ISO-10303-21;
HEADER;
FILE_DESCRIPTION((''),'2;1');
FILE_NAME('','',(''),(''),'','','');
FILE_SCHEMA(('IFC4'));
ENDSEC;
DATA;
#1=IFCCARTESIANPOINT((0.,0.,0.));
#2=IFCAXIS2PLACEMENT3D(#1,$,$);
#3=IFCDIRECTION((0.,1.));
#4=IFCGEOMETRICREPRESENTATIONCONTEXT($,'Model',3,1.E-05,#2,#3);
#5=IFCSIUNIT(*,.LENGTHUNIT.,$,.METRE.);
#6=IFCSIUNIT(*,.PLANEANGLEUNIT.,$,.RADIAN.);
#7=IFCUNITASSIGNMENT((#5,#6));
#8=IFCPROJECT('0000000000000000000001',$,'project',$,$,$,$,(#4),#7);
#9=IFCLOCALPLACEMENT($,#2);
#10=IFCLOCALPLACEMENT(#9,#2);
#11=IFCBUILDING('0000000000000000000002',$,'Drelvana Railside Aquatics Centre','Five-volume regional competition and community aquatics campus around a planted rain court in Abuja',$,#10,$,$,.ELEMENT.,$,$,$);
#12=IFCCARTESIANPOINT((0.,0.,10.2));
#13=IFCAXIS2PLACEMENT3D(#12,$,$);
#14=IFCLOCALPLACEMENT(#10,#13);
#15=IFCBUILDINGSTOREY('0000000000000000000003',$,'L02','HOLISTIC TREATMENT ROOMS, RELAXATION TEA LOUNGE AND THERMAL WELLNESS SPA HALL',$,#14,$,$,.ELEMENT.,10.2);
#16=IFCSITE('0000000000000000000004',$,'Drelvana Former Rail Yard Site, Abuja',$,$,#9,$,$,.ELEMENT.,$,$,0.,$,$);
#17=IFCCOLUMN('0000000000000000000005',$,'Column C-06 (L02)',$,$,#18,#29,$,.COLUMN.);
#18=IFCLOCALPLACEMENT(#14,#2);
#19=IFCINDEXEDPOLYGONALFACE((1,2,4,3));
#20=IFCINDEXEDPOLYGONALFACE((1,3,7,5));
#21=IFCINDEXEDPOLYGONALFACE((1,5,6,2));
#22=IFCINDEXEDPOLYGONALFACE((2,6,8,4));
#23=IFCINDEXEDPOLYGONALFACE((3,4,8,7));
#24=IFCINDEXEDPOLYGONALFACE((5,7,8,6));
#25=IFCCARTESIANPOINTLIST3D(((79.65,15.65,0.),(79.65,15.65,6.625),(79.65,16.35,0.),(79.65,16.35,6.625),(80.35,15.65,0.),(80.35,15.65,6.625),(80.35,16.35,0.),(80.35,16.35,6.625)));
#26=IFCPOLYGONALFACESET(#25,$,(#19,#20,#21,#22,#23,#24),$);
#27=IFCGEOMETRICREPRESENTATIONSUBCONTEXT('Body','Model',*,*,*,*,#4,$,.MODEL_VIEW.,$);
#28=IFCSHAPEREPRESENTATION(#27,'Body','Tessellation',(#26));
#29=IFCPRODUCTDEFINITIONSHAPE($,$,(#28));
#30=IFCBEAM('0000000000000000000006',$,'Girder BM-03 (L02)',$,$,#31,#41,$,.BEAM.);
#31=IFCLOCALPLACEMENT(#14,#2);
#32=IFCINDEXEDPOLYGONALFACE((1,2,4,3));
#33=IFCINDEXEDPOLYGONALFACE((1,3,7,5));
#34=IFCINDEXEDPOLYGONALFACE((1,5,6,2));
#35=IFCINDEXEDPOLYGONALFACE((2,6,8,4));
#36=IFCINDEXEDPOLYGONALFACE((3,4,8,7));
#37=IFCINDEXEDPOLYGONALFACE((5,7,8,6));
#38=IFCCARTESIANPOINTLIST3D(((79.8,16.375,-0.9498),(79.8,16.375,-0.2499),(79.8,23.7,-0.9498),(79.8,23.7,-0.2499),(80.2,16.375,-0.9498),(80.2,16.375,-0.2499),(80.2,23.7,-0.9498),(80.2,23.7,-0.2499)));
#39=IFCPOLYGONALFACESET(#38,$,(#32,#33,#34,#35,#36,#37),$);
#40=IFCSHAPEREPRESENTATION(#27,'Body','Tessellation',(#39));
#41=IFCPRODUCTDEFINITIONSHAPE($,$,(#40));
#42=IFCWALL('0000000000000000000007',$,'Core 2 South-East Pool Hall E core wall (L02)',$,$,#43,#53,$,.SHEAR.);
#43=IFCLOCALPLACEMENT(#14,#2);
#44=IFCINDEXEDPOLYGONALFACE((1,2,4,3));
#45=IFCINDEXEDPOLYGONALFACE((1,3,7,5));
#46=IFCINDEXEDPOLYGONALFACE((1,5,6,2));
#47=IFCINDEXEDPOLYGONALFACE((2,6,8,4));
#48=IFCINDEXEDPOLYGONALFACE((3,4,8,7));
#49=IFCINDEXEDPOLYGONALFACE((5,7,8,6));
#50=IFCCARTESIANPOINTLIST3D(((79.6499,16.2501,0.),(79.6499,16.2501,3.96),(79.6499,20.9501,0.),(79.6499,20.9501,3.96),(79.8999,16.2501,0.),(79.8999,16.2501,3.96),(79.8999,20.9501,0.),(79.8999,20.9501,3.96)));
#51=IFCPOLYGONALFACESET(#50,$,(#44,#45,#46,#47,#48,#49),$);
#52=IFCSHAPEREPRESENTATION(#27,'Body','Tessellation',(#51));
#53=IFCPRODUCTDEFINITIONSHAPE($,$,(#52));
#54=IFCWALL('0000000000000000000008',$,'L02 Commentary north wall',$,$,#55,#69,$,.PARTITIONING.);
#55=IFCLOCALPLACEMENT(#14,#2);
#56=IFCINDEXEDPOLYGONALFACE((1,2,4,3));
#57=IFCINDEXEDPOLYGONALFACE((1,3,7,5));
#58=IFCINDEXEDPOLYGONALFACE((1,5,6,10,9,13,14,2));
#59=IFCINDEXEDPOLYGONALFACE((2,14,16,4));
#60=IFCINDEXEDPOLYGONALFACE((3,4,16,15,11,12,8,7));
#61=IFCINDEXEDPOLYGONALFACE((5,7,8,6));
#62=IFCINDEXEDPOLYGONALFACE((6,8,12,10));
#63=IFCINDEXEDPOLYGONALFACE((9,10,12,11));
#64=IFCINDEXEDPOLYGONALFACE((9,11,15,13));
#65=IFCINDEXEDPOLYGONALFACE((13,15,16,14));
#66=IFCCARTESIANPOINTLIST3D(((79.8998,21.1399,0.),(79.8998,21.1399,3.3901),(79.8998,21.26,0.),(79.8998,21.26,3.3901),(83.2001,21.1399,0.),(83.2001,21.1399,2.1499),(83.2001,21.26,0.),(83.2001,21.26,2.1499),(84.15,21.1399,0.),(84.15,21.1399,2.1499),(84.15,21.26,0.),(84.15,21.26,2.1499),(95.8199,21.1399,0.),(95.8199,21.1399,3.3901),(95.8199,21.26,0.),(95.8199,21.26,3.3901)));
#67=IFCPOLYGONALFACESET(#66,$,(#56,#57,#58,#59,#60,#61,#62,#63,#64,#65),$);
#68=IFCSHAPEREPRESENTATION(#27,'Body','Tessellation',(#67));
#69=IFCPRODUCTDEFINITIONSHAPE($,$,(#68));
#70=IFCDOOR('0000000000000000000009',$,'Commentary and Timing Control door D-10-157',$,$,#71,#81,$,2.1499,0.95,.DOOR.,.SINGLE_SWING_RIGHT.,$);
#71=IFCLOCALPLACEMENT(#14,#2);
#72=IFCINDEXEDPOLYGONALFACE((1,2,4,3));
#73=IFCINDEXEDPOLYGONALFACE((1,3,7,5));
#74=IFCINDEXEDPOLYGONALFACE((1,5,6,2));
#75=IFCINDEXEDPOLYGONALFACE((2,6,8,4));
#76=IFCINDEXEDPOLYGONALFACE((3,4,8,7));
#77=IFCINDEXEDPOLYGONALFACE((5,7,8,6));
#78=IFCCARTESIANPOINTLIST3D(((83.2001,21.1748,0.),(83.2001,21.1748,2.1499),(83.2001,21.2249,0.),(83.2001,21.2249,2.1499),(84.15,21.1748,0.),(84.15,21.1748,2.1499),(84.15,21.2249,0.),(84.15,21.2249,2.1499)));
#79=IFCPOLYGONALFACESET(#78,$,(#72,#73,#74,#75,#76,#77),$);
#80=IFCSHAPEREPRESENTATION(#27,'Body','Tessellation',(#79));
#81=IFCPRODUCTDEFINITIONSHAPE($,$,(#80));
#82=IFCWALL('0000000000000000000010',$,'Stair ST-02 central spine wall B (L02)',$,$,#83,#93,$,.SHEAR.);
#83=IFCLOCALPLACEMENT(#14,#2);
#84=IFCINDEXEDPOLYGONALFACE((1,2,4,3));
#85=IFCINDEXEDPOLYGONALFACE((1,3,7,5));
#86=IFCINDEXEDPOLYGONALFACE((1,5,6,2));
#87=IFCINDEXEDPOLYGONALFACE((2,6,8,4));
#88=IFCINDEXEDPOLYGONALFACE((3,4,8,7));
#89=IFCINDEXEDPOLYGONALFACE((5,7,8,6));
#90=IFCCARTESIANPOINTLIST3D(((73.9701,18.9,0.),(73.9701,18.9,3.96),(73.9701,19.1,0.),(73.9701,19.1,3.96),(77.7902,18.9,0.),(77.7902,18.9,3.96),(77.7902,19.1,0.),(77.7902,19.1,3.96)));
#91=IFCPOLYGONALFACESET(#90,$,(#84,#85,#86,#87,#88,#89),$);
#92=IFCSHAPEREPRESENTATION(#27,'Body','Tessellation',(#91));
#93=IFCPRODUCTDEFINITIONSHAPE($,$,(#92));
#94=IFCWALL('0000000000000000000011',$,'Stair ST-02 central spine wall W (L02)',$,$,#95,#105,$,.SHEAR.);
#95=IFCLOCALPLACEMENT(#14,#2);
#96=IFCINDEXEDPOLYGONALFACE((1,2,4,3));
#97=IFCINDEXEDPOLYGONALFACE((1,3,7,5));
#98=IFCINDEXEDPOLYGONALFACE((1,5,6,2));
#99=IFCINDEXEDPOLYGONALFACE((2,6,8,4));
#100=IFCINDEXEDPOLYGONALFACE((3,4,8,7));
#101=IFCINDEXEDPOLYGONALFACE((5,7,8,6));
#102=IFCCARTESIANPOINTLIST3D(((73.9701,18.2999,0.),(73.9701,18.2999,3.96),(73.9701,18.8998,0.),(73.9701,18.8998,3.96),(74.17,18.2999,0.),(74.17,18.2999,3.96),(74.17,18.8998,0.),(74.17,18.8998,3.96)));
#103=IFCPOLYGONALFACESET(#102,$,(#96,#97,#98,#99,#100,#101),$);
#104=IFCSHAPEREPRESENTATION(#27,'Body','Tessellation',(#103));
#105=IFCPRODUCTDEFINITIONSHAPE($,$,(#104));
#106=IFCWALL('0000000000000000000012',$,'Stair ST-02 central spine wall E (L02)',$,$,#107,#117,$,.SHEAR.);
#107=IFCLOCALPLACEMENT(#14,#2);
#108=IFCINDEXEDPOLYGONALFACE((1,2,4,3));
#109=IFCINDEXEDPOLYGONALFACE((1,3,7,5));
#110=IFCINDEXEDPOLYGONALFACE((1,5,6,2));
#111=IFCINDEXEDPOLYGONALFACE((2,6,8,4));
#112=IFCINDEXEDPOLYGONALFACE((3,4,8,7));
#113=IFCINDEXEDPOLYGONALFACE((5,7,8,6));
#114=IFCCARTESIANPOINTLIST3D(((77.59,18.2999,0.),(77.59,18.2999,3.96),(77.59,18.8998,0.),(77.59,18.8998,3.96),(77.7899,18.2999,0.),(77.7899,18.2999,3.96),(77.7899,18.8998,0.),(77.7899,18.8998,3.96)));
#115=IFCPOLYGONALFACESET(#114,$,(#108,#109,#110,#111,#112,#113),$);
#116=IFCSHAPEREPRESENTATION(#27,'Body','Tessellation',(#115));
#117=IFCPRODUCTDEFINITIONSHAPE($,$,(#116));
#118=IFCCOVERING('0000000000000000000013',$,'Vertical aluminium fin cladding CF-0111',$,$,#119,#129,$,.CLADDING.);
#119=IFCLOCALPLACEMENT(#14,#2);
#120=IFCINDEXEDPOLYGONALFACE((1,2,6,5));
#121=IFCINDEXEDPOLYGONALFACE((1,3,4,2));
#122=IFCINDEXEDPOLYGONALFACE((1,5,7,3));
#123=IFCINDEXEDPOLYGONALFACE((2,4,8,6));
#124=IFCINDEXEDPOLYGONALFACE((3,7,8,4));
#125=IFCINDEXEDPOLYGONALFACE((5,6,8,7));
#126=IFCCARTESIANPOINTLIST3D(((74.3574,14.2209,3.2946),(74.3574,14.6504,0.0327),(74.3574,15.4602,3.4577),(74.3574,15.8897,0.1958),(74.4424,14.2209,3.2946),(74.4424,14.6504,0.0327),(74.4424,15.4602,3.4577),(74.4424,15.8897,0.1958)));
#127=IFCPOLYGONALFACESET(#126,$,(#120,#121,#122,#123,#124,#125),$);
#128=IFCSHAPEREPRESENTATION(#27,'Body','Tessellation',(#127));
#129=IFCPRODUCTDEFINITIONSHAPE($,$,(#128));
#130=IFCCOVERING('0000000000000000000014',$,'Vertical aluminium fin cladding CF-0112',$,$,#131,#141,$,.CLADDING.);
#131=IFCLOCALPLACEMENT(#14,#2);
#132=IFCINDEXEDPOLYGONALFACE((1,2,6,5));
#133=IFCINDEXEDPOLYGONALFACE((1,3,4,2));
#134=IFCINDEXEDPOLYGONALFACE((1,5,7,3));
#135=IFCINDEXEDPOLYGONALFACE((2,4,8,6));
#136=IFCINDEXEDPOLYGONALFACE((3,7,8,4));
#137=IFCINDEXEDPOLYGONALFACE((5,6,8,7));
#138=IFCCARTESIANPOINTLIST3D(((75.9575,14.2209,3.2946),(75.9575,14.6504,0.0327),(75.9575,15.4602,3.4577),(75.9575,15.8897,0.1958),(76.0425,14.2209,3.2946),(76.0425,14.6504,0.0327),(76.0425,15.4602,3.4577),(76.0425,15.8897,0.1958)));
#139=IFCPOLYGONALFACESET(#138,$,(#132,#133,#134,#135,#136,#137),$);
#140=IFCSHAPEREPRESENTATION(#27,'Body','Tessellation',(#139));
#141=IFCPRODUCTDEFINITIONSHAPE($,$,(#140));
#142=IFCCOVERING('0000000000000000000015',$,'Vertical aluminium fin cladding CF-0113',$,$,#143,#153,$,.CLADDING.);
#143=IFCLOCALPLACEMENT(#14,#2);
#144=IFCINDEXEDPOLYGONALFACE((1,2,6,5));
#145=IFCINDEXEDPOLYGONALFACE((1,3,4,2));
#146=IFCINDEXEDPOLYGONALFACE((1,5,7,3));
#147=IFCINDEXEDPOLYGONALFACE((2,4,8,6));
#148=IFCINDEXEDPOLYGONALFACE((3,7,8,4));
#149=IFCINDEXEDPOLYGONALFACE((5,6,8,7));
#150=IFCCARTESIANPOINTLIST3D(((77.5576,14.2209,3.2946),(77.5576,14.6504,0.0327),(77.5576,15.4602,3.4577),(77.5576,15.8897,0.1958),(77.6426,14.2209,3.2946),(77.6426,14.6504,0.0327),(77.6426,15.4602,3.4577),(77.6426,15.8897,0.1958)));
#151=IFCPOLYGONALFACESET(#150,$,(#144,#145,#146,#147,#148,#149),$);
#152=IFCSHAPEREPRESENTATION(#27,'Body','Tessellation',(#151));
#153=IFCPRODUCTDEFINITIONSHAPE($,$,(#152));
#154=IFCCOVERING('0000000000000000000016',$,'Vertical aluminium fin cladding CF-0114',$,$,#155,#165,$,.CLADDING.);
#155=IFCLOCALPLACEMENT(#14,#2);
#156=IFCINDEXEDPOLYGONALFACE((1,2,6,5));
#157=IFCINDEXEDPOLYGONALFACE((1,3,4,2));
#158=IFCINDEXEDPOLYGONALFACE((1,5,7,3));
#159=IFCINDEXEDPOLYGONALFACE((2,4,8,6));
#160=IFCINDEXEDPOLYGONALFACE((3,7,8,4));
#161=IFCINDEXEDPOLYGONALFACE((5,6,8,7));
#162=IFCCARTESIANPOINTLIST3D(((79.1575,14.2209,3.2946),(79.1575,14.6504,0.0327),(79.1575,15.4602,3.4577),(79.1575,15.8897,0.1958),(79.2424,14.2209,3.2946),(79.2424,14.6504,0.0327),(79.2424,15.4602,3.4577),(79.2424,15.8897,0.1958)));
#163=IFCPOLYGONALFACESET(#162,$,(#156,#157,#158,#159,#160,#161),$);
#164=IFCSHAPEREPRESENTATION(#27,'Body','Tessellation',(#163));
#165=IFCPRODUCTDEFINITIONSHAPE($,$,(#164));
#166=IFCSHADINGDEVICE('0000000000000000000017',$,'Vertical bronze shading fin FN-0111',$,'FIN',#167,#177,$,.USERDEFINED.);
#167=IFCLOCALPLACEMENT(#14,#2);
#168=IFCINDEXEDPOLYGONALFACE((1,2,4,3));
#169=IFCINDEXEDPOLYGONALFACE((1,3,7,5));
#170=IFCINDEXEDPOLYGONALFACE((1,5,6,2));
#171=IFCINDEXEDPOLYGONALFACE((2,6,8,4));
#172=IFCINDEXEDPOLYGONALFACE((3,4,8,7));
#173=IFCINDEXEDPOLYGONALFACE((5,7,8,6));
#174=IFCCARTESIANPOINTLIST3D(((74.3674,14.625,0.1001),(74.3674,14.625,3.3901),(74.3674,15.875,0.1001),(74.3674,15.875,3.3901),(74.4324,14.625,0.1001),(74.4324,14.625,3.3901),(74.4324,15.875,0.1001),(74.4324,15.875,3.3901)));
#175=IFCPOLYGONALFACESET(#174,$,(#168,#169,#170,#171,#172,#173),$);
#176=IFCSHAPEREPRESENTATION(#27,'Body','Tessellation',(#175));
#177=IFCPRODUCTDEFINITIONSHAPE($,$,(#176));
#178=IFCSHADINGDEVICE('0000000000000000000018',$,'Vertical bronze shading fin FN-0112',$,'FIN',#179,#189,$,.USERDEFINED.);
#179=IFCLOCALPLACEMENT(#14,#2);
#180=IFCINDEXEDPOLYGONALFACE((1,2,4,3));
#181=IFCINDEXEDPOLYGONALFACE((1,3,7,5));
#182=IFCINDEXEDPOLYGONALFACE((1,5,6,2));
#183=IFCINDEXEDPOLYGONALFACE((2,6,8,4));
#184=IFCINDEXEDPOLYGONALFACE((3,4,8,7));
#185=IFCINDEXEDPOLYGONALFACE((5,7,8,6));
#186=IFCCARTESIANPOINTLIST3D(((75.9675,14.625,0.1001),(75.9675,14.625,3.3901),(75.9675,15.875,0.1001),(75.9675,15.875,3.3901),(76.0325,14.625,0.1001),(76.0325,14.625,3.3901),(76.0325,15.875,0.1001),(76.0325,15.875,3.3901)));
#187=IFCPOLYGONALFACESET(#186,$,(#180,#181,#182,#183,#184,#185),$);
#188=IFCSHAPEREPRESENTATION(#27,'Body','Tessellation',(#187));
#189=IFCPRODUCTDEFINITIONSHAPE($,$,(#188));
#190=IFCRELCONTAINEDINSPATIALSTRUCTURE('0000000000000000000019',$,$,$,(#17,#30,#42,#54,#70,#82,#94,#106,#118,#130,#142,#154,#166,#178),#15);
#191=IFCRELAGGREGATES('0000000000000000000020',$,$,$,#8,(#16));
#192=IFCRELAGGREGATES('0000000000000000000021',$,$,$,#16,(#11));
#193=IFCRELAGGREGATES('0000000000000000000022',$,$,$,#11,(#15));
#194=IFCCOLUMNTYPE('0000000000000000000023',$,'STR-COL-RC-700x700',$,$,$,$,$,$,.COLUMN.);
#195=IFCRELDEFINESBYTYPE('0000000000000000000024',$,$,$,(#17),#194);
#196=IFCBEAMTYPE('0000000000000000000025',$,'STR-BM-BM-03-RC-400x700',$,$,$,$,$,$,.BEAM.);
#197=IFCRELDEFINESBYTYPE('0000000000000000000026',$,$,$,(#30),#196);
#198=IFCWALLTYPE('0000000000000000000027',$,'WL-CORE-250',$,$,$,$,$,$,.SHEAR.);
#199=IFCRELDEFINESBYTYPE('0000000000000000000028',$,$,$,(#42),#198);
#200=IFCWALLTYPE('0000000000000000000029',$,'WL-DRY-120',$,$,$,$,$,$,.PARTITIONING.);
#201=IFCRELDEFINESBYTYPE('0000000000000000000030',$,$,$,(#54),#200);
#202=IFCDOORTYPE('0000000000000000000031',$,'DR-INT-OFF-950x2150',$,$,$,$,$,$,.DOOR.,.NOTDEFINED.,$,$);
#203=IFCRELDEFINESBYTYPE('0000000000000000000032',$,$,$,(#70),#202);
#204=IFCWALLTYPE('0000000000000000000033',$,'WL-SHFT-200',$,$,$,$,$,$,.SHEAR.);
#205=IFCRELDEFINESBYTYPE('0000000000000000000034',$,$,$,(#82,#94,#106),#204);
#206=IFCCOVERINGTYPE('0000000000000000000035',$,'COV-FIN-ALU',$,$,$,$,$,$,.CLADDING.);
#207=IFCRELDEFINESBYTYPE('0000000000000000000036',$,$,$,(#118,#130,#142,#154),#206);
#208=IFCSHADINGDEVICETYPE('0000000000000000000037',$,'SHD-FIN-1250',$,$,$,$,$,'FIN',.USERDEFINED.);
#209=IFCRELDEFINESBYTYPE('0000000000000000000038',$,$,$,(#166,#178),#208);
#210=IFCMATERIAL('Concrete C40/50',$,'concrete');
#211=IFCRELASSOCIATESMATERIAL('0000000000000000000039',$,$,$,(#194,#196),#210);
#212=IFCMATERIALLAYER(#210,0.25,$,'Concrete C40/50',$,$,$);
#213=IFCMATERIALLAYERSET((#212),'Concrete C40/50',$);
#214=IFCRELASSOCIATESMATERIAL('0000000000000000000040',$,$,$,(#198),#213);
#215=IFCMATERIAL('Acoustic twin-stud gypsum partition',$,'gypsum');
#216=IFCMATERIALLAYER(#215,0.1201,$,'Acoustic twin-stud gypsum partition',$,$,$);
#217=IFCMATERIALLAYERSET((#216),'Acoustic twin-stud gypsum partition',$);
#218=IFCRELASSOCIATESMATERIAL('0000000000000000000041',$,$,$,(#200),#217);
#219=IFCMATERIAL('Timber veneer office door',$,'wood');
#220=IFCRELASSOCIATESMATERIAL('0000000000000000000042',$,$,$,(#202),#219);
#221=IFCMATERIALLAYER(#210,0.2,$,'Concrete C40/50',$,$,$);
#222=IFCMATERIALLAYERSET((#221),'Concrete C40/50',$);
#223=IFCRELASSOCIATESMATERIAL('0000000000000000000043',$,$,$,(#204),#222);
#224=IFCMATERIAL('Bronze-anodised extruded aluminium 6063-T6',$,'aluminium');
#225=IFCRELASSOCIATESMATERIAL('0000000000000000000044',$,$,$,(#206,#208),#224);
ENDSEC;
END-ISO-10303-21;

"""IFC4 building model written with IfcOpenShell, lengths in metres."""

from ifc_helpers import new_model, si_unit, direction, frame, frame_2d, origin, origin_2d, place, context, subcontext, project, spatial, rectangle, extrude, material, layer, layer_set, material_profile, profile_set, type_object, element, fill, save


model = new_model("IFC4")

# Units and contexts
model_context = context("Model", 3, precision=1e-05, world=origin(), true_north=direction((0.0, 1.0)))
body_context = subcontext(model_context, "Body", "Model", "MODEL_VIEW")
ifc_project = project(units=[si_unit("LENGTHUNIT", "METRE"), si_unit("PLANEANGLEUNIT", "RADIAN")], contexts=[model_context])

# Site, building, storey
site_placement = place(None, origin())
site = spatial("IfcSite", under=ifc_project, at=site_placement, Name="Drelvana Former Rail Yard Site, Abuja", CompositionType="ELEMENT", RefElevation=0.0)
building_placement = place(site_placement, origin())
building = spatial("IfcBuilding", under=site, at=building_placement, Name="Drelvana Railside Aquatics Centre", Description="Five-volume regional competition and community aquatics campus around a planted rain court in Abuja", CompositionType="ELEMENT")
storey_placement = place(building_placement, frame((0.0, 0.0, 10.2)))
storey = spatial("IfcBuildingStorey", under=building, at=storey_placement, Name="L02", Description="HOLISTIC TREATMENT ROOMS, RELAXATION TEA LOUNGE AND THERMAL WELLNESS SPA HALL", CompositionType="ELEMENT", Elevation=10.2)

# Column
ifc_material_1 = material(Name="Concrete C40/50", Category="concrete")
ifc_material_profile_1 = material_profile(ifc_material_1, rectangle(XDim=0.7, YDim=0.7, at=origin_2d()), Name="RC 700x700")
ifc_profile_set_1 = profile_set([ifc_material_profile_1], Name="Concrete C40/50")
column_type = type_object("IfcColumnType", Name="STR-COL-RC-700x700", PredefinedType="COLUMN", material=ifc_profile_set_1)
column_placement = place(storey_placement, frame((80.0, 16.0, 0.0), z_axis=(0.0, 0.0, 1.0), x_axis=(1.0, 0.0, 0.0)))
element("IfcColumn", 1, at=column_placement, inside=storey, type_object=column_type, Name="Column C-06 (L02)", PredefinedType="COLUMN", context=body_context, shape_type="SweptSolid", body=[
    extrude(rectangle(XDim=0.7, YDim=0.7, at=origin_2d()), origin(), (0.0, 0.0, 1.0), 6.625),
])

# Beam
ifc_material_profile_2 = material_profile(ifc_material_1, rectangle(XDim=0.3999, YDim=0.7, at=origin_2d()), Name="RC 400x700")
ifc_profile_set_2 = profile_set([ifc_material_profile_2], Name="Concrete C40/50")
beam_type = type_object("IfcBeamType", Name="STR-BM-BM-03-RC-400x700", PredefinedType="BEAM", material=ifc_profile_set_2)
beam_placement = place(storey_placement, frame((80.0, 16.375, -0.5999), z_axis=(0.0, 1.0, 0.0), x_axis=(-1.0, 0.0, 0.0)))
element("IfcBeam", 2, at=beam_placement, inside=storey, type_object=beam_type, Name="Girder BM-03 (L02)", PredefinedType="BEAM", context=body_context, shape_type="SweptSolid", body=[
    extrude(rectangle(XDim=0.3999, YDim=0.7, at=origin_2d()), origin(), (0.0, 0.0, 1.0), 7.325),
])

# Wall
ifc_layer_1 = layer(ifc_material_1, 0.25, Name="Concrete C40/50")
ifc_layer_set_1 = layer_set([ifc_layer_1], Name="Concrete C40/50")
wall_type_1 = type_object("IfcWallType", Name="WL-CORE-250", PredefinedType="SHEAR", material=ifc_layer_set_1)
wall_1_placement = place(storey_placement, frame((79.7749, 16.25, 0.0), z_axis=(0.0, 0.0, 1.0), x_axis=(0.0, 1.0, 0.0)))
element("IfcWall", 3, at=wall_1_placement, inside=storey, type_object=wall_type_1, Name="Core 2 South-East Pool Hall E core wall (L02)", PredefinedType="SHEAR", context=body_context, shape_type="SweptSolid", body=[
    extrude(rectangle(XDim=4.7, YDim=0.25, at=frame_2d((2.3501, 0.0))), origin(), (0.0, 0.0, 1.0), 3.96),
])

# Wall, opening, door
ifc_material_2 = material(Name="Acoustic twin-stud gypsum partition", Category="gypsum")
ifc_layer_2 = layer(ifc_material_2, 0.1201, Name="Acoustic twin-stud gypsum partition")
ifc_layer_set_2 = layer_set([ifc_layer_2], Name="Acoustic twin-stud gypsum partition")
wall_type_2 = type_object("IfcWallType", Name="WL-DRY-120", PredefinedType="PARTITIONING", material=ifc_layer_set_2)
wall_2_placement = place(storey_placement, frame((79.8999, 21.2, 0.0), z_axis=(0.0, 0.0, 1.0), x_axis=(1.0, 0.0, 0.0)))
wall_2 = element("IfcWall", 4, at=wall_2_placement, inside=storey, type_object=wall_type_2, Name="L02 Commentary north wall", PredefinedType="PARTITIONING", context=body_context, shape_type="SweptSolid", body=[
    extrude(rectangle(XDim=15.9202, YDim=0.1201, at=frame_2d((7.96, 0.0))), origin(), (0.0, 0.0, 1.0), 3.3901),
])
opening_placement = place(wall_2_placement, frame((3.3, 0.0, 0.0)))
opening = element("IfcOpeningElement", 5, at=opening_placement, cuts=wall_2, PredefinedType="OPENING", context=body_context, shape_type="SweptSolid", body=[
    extrude(rectangle(XDim=0.95, YDim=2.1499, at=frame_2d((0.4751, 1.075))), frame((0.0, 0.0701, 0.0), z_axis=(0.0, -1.0, 0.0), x_axis=(1.0, 0.0, 0.0)), (0.0, 0.0, 1.0), 0.1401),
])
ifc_material_3 = material(Name="Timber veneer office door", Category="wood")
door_type = type_object("IfcDoorType", Name="DR-INT-OFF-950x2150", OperationType="NOTDEFINED", PredefinedType="DOOR", material=ifc_material_3)
door_placement = place(opening_placement, origin())
door = element("IfcDoor", 6, at=door_placement, inside=storey, type_object=door_type, Name="Commentary and Timing Control door D-10-157", OperationType="SINGLE_SWING_RIGHT", OverallHeight=2.1499, OverallWidth=0.95, PredefinedType="DOOR", context=body_context, shape_type="SweptSolid", body=[
    extrude(rectangle(XDim=0.95, YDim=2.1499, at=frame_2d((0.4751, 1.075))), frame((0.0, 0.0249, 0.0), z_axis=(0.0, -1.0, 0.0), x_axis=(1.0, 0.0, 0.0)), (0.0, 0.0, 1.0), 0.05),
])
fill(opening, door)

# Walls
ifc_layer_3 = layer(ifc_material_1, 0.2, Name="Concrete C40/50")
ifc_layer_set_3 = layer_set([ifc_layer_3], Name="Concrete C40/50")
wall_type_3 = type_object("IfcWallType", Name="WL-SHFT-200", PredefinedType="SHEAR", material=ifc_layer_set_3)
wall_3_placement = place(storey_placement, frame((73.97, 19.0, 0.0), z_axis=(0.0, 0.0, 1.0), x_axis=(1.0, 0.0, 0.0)))
element("IfcWall", 7, at=wall_3_placement, inside=storey, type_object=wall_type_3, Name="Stair ST-02 central spine wall B (L02)", PredefinedType="SHEAR", context=body_context, shape_type="SweptSolid", body=[
    extrude(rectangle(XDim=3.8201, YDim=0.2, at=frame_2d((1.9102, 0.0))), origin(), (0.0, 0.0, 1.0), 3.96),
])
for number, where, z_axis, x_axis, name in (
    (8, (74.0701, 18.3, 0.0), (0.0, 0.0, 1.0), (0.0, 1.0, 0.0), "Stair ST-02 central spine wall W (L02)"),
    (9, (77.6899, 18.3, 0.0), (0.0, 0.0, 1.0), (0.0, 1.0, 0.0), "Stair ST-02 central spine wall E (L02)"),
):
    element("IfcWall", number, at=place(storey_placement, frame(where, z_axis=z_axis, x_axis=x_axis)), inside=storey, type_object=wall_type_3, Name=name, PredefinedType="SHEAR", context=body_context, shape_type="SweptSolid", body=[
        extrude(rectangle(XDim=0.5999, YDim=0.2, at=frame_2d((0.2998, 0.0))), origin(), (0.0, 0.0, 1.0), 3.96),
    ])

# Coverings
ifc_material_4 = material(Name="Bronze-anodised extruded aluminium 6063-T6", Category="aluminium")
covering_type = type_object("IfcCoveringType", Name="COV-FIN-ALU", PredefinedType="CLADDING", material=ifc_material_4)
for number, where, z_axis, x_axis, name in (
    (10, (74.3999, 15.27, 0.1143), (0.0, -0.130526, 0.991445), (-1.0, 0.0, 0.0), "Vertical aluminium fin cladding CF-0111"),
    (11, (76.0, 15.27, 0.1143), (0.0, -0.130526, 0.991445), (-1.0, 0.0, 0.0), "Vertical aluminium fin cladding CF-0112"),
    (12, (77.6001, 15.27, 0.1143), (0.0, -0.130526, 0.991445), (-1.0, 0.0, 0.0), "Vertical aluminium fin cladding CF-0113"),
    (13, (79.2, 15.27, 0.1143), (0.0, -0.130526, 0.991445), (-1.0, 0.0, 0.0), "Vertical aluminium fin cladding CF-0114"),
):
    element("IfcCovering", number, at=place(storey_placement, frame(where, z_axis=z_axis, x_axis=x_axis)), inside=storey, type_object=covering_type, Name=name, PredefinedType="CLADDING", context=body_context, shape_type="SweptSolid", body=[
        extrude(rectangle(XDim=0.085, YDim=1.25, at=origin_2d()), origin(), (0.0, 0.0, 1.0), 3.29),
    ])

# Shading devices
shading_device_type = type_object("IfcShadingDeviceType", Name="SHD-FIN-1250", ElementType="FIN", PredefinedType="USERDEFINED", material=ifc_material_4)
for number, where, z_axis, x_axis, name in (
    (14, (74.3999, 15.25, 0.1001), (0.0, 0.0, 1.0), (0.0, -1.0, 0.0), "Vertical bronze shading fin FN-0111"),
    (15, (76.0, 15.25, 0.1001), (0.0, 0.0, 1.0), (0.0, -1.0, 0.0), "Vertical bronze shading fin FN-0112"),
):
    element("IfcShadingDevice", number, at=place(storey_placement, frame(where, z_axis=z_axis, x_axis=x_axis)), inside=storey, type_object=shading_device_type, Name=name, ObjectType="FIN", PredefinedType="USERDEFINED", context=body_context, shape_type="SweptSolid", body=[
        extrude(rectangle(XDim=1.25, YDim=0.0649, at=origin_2d()), origin(), (0.0, 0.0, 1.0), 3.29),
    ])

save(model, "model.ifc")
